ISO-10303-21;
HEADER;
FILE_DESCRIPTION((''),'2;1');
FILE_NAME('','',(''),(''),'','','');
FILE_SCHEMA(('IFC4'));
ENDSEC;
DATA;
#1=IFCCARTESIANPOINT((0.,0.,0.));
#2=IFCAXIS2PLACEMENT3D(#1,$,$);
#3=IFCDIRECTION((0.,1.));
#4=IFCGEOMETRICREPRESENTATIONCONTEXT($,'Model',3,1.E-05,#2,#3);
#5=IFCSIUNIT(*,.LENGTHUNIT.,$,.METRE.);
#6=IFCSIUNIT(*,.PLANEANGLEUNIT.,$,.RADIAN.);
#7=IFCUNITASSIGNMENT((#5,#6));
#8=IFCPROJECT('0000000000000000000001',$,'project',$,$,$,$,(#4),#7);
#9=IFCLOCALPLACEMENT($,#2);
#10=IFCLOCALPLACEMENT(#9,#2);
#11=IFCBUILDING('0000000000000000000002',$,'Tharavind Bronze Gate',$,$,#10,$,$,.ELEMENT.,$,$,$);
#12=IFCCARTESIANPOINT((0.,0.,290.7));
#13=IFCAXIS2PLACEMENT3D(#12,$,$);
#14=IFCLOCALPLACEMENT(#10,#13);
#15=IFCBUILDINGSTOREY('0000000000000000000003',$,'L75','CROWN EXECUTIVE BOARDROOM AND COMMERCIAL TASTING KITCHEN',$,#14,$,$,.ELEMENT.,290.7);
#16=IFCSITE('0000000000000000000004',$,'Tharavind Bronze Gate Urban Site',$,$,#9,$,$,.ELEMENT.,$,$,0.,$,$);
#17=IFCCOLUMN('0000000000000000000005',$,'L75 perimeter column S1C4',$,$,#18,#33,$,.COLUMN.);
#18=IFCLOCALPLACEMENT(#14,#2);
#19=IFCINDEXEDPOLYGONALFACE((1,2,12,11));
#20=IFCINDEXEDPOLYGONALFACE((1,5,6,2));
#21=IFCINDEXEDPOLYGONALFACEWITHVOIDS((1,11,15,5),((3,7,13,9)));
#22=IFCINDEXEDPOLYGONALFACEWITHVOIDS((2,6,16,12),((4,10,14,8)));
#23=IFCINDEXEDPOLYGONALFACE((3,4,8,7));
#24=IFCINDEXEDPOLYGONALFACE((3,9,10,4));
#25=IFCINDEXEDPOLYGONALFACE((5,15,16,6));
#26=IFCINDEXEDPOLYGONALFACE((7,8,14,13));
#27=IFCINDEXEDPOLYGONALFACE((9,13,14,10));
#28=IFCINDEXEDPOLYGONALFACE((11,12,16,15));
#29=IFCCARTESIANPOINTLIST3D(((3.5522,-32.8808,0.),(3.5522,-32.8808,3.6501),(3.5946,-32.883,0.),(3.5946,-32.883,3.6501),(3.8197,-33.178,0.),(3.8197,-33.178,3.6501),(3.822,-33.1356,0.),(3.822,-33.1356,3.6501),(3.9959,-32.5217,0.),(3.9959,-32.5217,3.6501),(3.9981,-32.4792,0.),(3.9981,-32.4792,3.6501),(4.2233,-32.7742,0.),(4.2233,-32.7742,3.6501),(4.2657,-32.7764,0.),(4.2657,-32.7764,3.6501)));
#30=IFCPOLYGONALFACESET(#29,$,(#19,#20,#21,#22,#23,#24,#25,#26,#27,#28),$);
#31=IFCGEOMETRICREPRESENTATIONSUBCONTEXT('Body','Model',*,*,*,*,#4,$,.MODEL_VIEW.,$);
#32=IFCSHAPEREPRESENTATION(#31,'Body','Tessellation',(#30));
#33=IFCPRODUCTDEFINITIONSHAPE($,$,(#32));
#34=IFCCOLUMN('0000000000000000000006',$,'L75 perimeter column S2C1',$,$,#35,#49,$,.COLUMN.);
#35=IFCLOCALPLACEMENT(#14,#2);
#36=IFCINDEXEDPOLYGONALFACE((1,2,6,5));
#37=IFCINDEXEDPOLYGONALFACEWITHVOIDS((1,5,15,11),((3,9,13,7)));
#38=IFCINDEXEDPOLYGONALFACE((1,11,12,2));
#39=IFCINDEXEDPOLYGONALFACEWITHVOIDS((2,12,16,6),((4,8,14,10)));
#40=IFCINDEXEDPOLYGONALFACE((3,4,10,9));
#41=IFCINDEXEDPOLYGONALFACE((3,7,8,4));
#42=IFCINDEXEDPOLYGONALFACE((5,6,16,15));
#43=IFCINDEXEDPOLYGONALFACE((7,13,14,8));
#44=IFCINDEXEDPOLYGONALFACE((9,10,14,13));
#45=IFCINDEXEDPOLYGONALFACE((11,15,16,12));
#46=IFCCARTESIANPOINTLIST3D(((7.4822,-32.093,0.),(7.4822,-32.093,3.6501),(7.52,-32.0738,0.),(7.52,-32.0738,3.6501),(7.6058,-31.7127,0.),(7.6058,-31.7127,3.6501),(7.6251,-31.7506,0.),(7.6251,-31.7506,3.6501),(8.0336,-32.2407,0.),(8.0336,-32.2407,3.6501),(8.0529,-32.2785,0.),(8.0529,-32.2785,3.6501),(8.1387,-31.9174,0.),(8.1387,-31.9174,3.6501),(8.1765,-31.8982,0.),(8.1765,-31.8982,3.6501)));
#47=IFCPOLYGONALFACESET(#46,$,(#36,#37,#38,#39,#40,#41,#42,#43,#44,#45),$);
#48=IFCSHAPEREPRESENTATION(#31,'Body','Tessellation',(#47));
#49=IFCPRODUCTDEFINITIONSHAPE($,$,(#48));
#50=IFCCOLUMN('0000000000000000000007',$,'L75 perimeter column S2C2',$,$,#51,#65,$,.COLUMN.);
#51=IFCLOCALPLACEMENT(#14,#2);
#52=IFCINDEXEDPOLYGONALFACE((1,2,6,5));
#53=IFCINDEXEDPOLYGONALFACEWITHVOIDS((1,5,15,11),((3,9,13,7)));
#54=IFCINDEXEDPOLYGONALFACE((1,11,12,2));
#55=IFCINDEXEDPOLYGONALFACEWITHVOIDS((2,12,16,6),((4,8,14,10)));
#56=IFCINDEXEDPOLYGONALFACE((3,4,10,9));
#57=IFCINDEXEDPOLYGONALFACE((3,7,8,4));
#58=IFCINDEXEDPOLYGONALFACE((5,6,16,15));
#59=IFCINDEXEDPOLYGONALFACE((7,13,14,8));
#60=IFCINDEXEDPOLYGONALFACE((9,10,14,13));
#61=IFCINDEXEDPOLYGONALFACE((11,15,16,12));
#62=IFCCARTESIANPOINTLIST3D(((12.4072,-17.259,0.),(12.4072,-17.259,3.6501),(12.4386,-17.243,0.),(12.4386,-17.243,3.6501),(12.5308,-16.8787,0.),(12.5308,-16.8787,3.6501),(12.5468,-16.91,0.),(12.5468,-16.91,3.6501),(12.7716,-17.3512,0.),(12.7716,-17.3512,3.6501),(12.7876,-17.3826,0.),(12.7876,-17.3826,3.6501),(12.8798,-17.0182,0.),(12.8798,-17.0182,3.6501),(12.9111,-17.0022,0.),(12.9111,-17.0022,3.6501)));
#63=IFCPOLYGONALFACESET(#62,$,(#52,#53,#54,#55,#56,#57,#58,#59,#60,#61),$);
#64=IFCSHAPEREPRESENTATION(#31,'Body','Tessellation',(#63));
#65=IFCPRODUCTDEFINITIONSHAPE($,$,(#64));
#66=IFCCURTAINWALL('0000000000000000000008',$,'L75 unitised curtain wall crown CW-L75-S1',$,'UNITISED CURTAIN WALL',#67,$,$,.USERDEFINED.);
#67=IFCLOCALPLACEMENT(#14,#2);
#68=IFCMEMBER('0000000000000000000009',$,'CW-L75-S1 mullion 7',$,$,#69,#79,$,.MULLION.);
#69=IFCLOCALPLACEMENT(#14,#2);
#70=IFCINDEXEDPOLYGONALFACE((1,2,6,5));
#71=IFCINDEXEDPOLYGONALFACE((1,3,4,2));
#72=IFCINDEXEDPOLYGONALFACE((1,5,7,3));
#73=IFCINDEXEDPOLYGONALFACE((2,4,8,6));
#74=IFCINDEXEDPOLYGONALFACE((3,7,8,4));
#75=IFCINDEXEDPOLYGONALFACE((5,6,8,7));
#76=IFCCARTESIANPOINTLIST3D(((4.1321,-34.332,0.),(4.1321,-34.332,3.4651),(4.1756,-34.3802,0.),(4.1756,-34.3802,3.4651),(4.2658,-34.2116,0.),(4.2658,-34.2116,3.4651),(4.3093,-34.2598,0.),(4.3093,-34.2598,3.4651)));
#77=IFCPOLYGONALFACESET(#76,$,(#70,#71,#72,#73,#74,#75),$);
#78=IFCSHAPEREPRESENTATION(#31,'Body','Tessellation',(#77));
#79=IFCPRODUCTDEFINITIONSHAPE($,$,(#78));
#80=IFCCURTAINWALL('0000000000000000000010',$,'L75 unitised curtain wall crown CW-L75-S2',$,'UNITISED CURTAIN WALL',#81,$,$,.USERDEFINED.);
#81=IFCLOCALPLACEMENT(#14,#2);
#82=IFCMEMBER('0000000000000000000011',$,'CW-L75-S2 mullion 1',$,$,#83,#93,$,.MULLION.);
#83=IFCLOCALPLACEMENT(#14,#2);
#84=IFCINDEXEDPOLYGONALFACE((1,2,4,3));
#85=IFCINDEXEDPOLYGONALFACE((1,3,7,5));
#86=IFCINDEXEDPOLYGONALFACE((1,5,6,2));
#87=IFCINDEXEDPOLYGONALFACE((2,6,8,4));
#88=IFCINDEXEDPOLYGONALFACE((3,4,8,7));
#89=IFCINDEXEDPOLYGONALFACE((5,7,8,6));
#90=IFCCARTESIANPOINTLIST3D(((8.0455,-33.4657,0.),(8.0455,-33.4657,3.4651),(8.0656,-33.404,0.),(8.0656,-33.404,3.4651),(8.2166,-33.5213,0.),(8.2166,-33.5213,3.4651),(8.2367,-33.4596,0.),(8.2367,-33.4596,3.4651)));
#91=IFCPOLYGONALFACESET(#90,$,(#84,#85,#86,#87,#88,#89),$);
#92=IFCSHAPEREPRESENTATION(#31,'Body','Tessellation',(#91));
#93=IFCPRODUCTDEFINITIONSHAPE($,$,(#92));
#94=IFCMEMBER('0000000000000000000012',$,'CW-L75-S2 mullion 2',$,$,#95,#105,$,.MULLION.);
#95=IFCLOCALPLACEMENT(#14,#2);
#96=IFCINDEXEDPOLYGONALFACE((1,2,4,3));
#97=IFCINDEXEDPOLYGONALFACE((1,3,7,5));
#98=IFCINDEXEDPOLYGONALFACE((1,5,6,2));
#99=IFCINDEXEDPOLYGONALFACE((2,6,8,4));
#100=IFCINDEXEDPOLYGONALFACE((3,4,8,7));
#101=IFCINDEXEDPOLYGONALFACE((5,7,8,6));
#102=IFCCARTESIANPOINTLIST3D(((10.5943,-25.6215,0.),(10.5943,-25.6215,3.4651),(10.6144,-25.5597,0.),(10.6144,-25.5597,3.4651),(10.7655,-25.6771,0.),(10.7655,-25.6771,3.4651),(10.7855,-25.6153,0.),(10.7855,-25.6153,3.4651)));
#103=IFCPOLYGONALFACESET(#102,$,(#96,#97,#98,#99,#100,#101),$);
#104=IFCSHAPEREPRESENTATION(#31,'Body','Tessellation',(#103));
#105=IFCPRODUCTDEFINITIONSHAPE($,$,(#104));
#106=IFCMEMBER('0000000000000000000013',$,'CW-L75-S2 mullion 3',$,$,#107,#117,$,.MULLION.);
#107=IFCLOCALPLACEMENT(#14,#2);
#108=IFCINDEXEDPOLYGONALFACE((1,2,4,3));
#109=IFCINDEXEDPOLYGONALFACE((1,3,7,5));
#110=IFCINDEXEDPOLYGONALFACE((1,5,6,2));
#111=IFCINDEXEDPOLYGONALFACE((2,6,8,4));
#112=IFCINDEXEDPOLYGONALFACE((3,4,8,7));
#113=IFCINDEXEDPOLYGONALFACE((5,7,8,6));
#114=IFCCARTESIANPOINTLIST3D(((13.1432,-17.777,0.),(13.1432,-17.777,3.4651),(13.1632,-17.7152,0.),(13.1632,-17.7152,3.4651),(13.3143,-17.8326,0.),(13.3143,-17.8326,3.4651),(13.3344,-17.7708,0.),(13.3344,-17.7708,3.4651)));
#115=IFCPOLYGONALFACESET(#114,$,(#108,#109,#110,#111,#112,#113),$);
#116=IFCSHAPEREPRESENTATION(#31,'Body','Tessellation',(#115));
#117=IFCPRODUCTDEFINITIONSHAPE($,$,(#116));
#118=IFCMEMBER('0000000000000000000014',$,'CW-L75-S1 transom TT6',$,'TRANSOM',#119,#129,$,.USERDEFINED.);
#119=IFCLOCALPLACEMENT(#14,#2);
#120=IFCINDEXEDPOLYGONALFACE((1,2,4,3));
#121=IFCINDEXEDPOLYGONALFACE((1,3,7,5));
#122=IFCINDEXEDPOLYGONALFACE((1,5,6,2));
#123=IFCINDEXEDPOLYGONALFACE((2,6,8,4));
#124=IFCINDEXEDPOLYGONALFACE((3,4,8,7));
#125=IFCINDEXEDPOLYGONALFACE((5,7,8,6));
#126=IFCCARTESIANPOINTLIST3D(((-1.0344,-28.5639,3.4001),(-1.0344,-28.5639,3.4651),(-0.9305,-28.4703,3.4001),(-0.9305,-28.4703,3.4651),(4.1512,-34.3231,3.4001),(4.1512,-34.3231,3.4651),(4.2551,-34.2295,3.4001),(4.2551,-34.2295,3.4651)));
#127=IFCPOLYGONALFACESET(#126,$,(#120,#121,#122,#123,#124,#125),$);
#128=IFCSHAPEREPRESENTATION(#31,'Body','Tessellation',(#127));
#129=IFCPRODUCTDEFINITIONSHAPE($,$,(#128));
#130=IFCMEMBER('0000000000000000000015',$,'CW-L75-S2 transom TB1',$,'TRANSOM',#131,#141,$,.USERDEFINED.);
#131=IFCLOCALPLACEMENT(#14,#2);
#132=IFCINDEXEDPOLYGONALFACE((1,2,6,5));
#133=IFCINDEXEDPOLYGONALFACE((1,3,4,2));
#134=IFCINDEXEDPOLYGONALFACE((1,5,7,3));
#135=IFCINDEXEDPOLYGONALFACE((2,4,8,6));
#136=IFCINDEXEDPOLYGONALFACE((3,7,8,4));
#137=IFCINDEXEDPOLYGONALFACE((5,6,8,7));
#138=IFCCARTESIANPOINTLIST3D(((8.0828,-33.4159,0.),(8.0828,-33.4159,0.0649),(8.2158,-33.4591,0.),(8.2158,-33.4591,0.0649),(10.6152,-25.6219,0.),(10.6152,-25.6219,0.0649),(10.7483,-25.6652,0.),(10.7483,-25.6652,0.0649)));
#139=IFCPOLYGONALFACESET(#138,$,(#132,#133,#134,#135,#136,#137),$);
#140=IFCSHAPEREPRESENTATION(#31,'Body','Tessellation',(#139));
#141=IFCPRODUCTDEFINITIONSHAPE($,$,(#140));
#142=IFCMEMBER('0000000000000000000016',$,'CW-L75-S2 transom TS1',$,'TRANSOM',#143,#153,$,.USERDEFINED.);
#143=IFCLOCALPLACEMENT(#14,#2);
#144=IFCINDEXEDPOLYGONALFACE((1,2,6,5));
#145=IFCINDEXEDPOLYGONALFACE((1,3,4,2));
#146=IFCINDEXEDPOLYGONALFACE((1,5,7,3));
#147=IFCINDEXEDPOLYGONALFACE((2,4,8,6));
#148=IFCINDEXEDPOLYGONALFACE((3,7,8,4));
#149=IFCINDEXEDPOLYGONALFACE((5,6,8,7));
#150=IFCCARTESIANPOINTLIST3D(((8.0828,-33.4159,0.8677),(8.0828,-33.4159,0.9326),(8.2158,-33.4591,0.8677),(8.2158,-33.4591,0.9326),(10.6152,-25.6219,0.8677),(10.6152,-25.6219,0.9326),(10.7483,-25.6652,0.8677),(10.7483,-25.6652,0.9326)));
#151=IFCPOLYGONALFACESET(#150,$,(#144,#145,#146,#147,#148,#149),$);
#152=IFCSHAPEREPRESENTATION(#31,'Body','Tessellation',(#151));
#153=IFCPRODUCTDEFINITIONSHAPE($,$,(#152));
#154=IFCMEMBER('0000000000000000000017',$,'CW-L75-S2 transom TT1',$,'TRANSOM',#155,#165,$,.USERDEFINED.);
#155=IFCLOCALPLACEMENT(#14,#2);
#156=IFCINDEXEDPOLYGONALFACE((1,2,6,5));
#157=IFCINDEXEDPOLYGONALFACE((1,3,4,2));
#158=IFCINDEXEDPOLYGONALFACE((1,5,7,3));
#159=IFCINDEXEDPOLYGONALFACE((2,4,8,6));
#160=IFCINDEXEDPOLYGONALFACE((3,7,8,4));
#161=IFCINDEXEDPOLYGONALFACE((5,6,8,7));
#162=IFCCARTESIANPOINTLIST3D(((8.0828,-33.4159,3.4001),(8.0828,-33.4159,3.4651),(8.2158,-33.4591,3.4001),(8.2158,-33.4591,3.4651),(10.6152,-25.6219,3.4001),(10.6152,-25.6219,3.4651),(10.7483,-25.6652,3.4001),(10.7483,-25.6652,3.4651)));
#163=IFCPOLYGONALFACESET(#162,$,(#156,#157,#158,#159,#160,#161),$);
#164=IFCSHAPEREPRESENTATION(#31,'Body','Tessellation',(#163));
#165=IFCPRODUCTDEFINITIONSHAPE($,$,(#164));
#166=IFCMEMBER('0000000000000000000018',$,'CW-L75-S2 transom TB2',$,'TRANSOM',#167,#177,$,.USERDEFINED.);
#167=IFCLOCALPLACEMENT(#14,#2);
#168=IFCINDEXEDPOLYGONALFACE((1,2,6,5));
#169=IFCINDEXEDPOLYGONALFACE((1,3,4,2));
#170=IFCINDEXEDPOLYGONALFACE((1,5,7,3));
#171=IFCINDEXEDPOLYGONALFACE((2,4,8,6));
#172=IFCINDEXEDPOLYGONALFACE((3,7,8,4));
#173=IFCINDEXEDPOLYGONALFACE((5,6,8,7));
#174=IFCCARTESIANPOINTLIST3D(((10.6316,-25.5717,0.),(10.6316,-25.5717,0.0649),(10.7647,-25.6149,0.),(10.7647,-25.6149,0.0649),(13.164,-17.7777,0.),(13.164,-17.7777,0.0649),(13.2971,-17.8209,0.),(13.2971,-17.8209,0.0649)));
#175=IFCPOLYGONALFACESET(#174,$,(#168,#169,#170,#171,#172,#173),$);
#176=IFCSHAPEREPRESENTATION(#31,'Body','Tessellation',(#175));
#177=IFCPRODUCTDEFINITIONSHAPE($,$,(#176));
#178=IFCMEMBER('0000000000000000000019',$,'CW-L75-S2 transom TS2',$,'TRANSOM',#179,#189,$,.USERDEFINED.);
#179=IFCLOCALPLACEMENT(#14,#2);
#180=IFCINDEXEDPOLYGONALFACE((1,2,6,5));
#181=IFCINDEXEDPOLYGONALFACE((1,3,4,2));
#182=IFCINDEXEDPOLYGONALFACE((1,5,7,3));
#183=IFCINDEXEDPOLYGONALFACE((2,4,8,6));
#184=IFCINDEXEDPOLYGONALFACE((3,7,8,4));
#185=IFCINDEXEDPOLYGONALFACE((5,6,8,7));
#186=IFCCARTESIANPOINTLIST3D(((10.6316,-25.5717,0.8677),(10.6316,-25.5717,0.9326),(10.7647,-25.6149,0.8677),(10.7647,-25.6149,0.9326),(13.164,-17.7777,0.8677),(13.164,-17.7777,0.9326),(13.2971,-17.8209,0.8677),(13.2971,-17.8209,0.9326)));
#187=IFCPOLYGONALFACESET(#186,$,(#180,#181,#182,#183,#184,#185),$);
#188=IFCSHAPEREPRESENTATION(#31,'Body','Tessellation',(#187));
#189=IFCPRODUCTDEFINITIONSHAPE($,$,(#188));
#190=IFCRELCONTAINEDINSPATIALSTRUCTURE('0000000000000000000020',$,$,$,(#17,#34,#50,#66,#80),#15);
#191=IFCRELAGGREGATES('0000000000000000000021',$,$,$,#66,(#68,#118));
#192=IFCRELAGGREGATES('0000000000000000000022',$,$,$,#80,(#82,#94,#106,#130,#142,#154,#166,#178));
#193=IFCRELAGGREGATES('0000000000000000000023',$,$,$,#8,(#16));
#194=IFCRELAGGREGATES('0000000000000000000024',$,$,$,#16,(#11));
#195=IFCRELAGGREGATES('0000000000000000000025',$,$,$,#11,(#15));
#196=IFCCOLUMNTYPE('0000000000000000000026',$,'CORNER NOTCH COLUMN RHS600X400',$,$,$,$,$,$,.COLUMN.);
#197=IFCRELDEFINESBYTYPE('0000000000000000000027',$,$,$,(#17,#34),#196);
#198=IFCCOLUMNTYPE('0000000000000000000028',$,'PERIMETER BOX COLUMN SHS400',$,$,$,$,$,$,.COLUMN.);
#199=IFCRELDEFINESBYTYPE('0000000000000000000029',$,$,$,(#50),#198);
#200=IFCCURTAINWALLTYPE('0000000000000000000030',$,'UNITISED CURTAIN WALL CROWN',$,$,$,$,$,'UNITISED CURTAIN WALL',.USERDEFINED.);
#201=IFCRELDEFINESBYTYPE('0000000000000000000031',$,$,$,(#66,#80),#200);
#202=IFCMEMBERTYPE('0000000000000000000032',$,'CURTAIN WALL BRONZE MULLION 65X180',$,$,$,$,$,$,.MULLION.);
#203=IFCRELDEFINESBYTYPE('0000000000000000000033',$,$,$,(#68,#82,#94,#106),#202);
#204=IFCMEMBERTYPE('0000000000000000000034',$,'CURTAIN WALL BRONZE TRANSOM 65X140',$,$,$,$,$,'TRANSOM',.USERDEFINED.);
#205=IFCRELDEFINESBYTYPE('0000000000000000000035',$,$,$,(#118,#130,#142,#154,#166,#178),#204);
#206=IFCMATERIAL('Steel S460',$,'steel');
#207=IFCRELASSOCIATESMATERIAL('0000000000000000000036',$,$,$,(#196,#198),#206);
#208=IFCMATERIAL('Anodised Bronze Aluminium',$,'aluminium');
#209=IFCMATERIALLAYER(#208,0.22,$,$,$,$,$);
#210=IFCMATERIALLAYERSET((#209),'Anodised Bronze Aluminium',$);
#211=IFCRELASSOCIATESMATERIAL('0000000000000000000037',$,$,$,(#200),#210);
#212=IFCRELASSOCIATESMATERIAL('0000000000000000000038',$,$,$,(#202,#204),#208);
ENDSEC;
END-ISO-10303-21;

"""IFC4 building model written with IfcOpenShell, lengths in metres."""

from ifc_helpers import new_model, si_unit, direction, frame, origin, origin_2d, place, context, subcontext, project, spatial, rectangle, hollow_rectangle, extrude, material, layer, layer_set, material_profile, profile_set, type_object, element, aggregate, save


model = new_model("IFC4")

# Units and contexts
model_context = context("Model", 3, precision=1e-05, world=origin(), true_north=direction((0.0, 1.0)))
body_context = subcontext(model_context, "Body", "Model", "MODEL_VIEW")
ifc_project = project(units=[si_unit("LENGTHUNIT", "METRE"), si_unit("PLANEANGLEUNIT", "RADIAN")], contexts=[model_context])

# Site, building, storey
site_placement = place(None, origin())
site = spatial("IfcSite", under=ifc_project, at=site_placement, Name="Tharavind Bronze Gate Urban Site", CompositionType="ELEMENT", RefElevation=0.0)
building_placement = place(site_placement, origin())
building = spatial("IfcBuilding", under=site, at=building_placement, Name="Tharavind Bronze Gate", CompositionType="ELEMENT")
storey_placement = place(building_placement, frame((0.0, 0.0, 290.7)))
storey = spatial("IfcBuildingStorey", under=building, at=storey_placement, Name="L75", Description="CROWN EXECUTIVE BOARDROOM AND COMMERCIAL TASTING KITCHEN", CompositionType="ELEMENT", Elevation=290.7)

# Columns
ifc_material_1 = material(Name="Steel S460", Category="steel")
ifc_material_profile_1 = material_profile(ifc_material_1, hollow_rectangle(XDim=0.3999, YDim=0.6001, WallThickness=0.03, at=origin_2d()), Name="RHS600X400X30")
ifc_profile_set_1 = profile_set([ifc_material_profile_1], Name="Steel S460")
column_type_1 = type_object("IfcColumnType", Name="CORNER NOTCH COLUMN RHS600X400", PredefinedType="COLUMN", material=ifc_profile_set_1)
for number, where, z_axis, x_axis, name in (
    (1, (3.9089, -32.8286, 0.0), (0.0, 0.0, 1.0), (-0.669131, 0.743145, 0.0), "L75 perimeter column S1C4"),
    (2, (7.8293, -31.9956, 0.0), (0.0, 0.0, 1.0), (0.309019, 0.951056, 0.0), "L75 perimeter column S2C1"),
):
    element("IfcColumn", number, at=place(storey_placement, frame(where, z_axis=z_axis, x_axis=x_axis)), inside=storey, type_object=column_type_1, Name=name, PredefinedType="COLUMN", context=body_context, shape_type="SweptSolid", body=[
        extrude(hollow_rectangle(XDim=0.3999, YDim=0.6001, WallThickness=0.03, at=origin_2d()), origin(), (0.0, 0.0, 1.0), 3.6501),
    ])
ifc_material_profile_2 = material_profile(ifc_material_1, hollow_rectangle(XDim=0.3999, YDim=0.3999, WallThickness=0.0249, at=origin_2d()), Name="SHS400X25")
ifc_profile_set_2 = profile_set([ifc_material_profile_2], Name="Steel S460")
column_type_2 = type_object("IfcColumnType", Name="PERIMETER BOX COLUMN SHS400", PredefinedType="COLUMN", material=ifc_profile_set_2)
column_placement = place(storey_placement, frame((12.6592, -17.1306, 0.0), z_axis=(0.0, 0.0, 1.0), x_axis=(0.309019, 0.951056, 0.0)))
element("IfcColumn", 3, at=column_placement, inside=storey, type_object=column_type_2, Name="L75 perimeter column S2C2", PredefinedType="COLUMN", context=body_context, shape_type="SweptSolid", body=[
    extrude(hollow_rectangle(XDim=0.3999, YDim=0.3999, WallThickness=0.0249, at=origin_2d()), origin(), (0.0, 0.0, 1.0), 3.6501),
])

# Curtain wall, member
ifc_material_2 = material(Name="Anodised Bronze Aluminium", Category="aluminium")
ifc_layer_1 = layer(ifc_material_2, 0.22)
ifc_layer_set_1 = layer_set([ifc_layer_1], Name="Anodised Bronze Aluminium")
curtain_wall_type = type_object("IfcCurtainWallType", Name="UNITISED CURTAIN WALL CROWN", ElementType="UNITISED CURTAIN WALL", PredefinedType="USERDEFINED", material=ifc_layer_set_1)
curtain_wall_1_placement = place(storey_placement, origin())
curtain_wall_1 = element("IfcCurtainWall", 4, at=curtain_wall_1_placement, inside=storey, type_object=curtain_wall_type, Name="L75 unitised curtain wall crown CW-L75-S1", ObjectType="UNITISED CURTAIN WALL", PredefinedType="USERDEFINED")
member_type_1 = type_object("IfcMemberType", Name="CURTAIN WALL BRONZE MULLION 65X180", PredefinedType="MULLION", material=ifc_material_2)
member_1_placement = place(storey_placement, frame((4.2207, -34.2959, 0.0), z_axis=(0.0, 0.0, 1.0), x_axis=(0.669131, -0.743145, 0.0)))
member_1 = element("IfcMember", 5, at=member_1_placement, type_object=member_type_1, Name="CW-L75-S1 mullion 7", PredefinedType="MULLION", context=body_context, shape_type="SweptSolid", body=[
    extrude(rectangle(XDim=0.0649, YDim=0.1799, at=origin_2d()), origin(), (0.0, 0.0, 1.0), 3.4651),
])

# Curtain wall, members
curtain_wall_2_placement = place(storey_placement, origin())
curtain_wall_2 = element("IfcCurtainWall", 6, at=curtain_wall_2_placement, inside=storey, type_object=curtain_wall_type, Name="L75 unitised curtain wall crown CW-L75-S2", ObjectType="UNITISED CURTAIN WALL", PredefinedType="USERDEFINED")
member_2_placement = place(storey_placement, frame((8.1411, -33.4626, 0.0), z_axis=(0.0, 0.0, 1.0), x_axis=(0.309017, 0.951057, 0.0)))
member_2 = element("IfcMember", 7, at=member_2_placement, type_object=member_type_1, Name="CW-L75-S2 mullion 1", PredefinedType="MULLION", context=body_context, shape_type="SweptSolid", body=[
    extrude(rectangle(XDim=0.0649, YDim=0.1799, at=origin_2d()), origin(), (0.0, 0.0, 1.0), 3.4651),
])
member_3_placement = place(storey_placement, frame((10.6899, -25.6184, 0.0), z_axis=(0.0, 0.0, 1.0), x_axis=(0.309017, 0.951057, 0.0)))
member_3 = element("IfcMember", 8, at=member_3_placement, type_object=member_type_1, Name="CW-L75-S2 mullion 2", PredefinedType="MULLION", context=body_context, shape_type="SweptSolid", body=[
    extrude(rectangle(XDim=0.0649, YDim=0.1799, at=origin_2d()), origin(), (0.0, 0.0, 1.0), 3.4651),
])
member_4_placement = place(storey_placement, frame((13.2388, -17.7739, 0.0), z_axis=(0.0, 0.0, 1.0), x_axis=(0.309017, 0.951057, 0.0)))
member_4 = element("IfcMember", 9, at=member_4_placement, type_object=member_type_1, Name="CW-L75-S2 mullion 3", PredefinedType="MULLION", context=body_context, shape_type="SweptSolid", body=[
    extrude(rectangle(XDim=0.0649, YDim=0.1799, at=origin_2d()), origin(), (0.0, 0.0, 1.0), 3.4651),
])

# Members
member_type_2 = type_object("IfcMemberType", Name="CURTAIN WALL BRONZE TRANSOM 65X140", ElementType="TRANSOM", PredefinedType="USERDEFINED", material=ifc_material_2)
member_5_placement = place(storey_placement, frame((1.6104, -31.3967, 3.4001), z_axis=(0.0, 0.0, 1.0), x_axis=(0.669131, -0.743145, 0.0)))
member_5 = element("IfcMember", 10, at=member_5_placement, type_object=member_type_2, Name="CW-L75-S1 transom TT6", ObjectType="TRANSOM", PredefinedType="USERDEFINED", context=body_context, shape_type="SweptSolid", body=[
    extrude(rectangle(XDim=7.7498, YDim=0.1399, at=origin_2d()), origin(), (0.0, 0.0, 1.0), 0.0649),
])
member_6_placement = place(storey_placement, frame((9.4155, -29.5405, 0.0), z_axis=(0.0, 0.0, 1.0), x_axis=(0.309017, 0.951057, 0.0)))
member_6 = element("IfcMember", 11, at=member_6_placement, type_object=member_type_2, Name="CW-L75-S2 transom TB1", ObjectType="TRANSOM", PredefinedType="USERDEFINED", context=body_context, shape_type="SweptSolid", body=[
    extrude(rectangle(XDim=8.1951, YDim=0.1399, at=origin_2d()), origin(), (0.0, 0.0, 1.0), 0.0649),
])
member_7_placement = place(storey_placement, frame((9.4155, -29.5405, 0.8677), z_axis=(0.0, 0.0, 1.0), x_axis=(0.309017, 0.951057, 0.0)))
member_7 = element("IfcMember", 12, at=member_7_placement, type_object=member_type_2, Name="CW-L75-S2 transom TS1", ObjectType="TRANSOM", PredefinedType="USERDEFINED", context=body_context, shape_type="SweptSolid", body=[
    extrude(rectangle(XDim=8.1951, YDim=0.1399, at=origin_2d()), origin(), (0.0, 0.0, 1.0), 0.0649),
])
member_8_placement = place(storey_placement, frame((9.4155, -29.5405, 3.4001), z_axis=(0.0, 0.0, 1.0), x_axis=(0.309017, 0.951057, 0.0)))
member_8 = element("IfcMember", 13, at=member_8_placement, type_object=member_type_2, Name="CW-L75-S2 transom TT1", ObjectType="TRANSOM", PredefinedType="USERDEFINED", context=body_context, shape_type="SweptSolid", body=[
    extrude(rectangle(XDim=8.1951, YDim=0.1399, at=origin_2d()), origin(), (0.0, 0.0, 1.0), 0.0649),
])
member_9_placement = place(storey_placement, frame((11.9644, -21.6963, 0.0), z_axis=(0.0, 0.0, 1.0), x_axis=(0.309017, 0.951057, 0.0)))
member_9 = element("IfcMember", 14, at=member_9_placement, type_object=member_type_2, Name="CW-L75-S2 transom TB2", ObjectType="TRANSOM", PredefinedType="USERDEFINED", context=body_context, shape_type="SweptSolid", body=[
    extrude(rectangle(XDim=8.1951, YDim=0.1399, at=origin_2d()), origin(), (0.0, 0.0, 1.0), 0.0649),
])
member_10_placement = place(storey_placement, frame((11.9644, -21.6963, 0.8677), z_axis=(0.0, 0.0, 1.0), x_axis=(0.309017, 0.951057, 0.0)))
member_10 = element("IfcMember", 15, at=member_10_placement, type_object=member_type_2, Name="CW-L75-S2 transom TS2", ObjectType="TRANSOM", PredefinedType="USERDEFINED", context=body_context, shape_type="SweptSolid", body=[
    extrude(rectangle(XDim=8.1951, YDim=0.1399, at=origin_2d()), origin(), (0.0, 0.0, 1.0), 0.0649),
])

aggregate(curtain_wall_1, [member_1, member_5])
aggregate(curtain_wall_2, [member_2, member_3, member_4, member_6, member_7, member_8, member_9, member_10])

save(model, "model.ifc")
